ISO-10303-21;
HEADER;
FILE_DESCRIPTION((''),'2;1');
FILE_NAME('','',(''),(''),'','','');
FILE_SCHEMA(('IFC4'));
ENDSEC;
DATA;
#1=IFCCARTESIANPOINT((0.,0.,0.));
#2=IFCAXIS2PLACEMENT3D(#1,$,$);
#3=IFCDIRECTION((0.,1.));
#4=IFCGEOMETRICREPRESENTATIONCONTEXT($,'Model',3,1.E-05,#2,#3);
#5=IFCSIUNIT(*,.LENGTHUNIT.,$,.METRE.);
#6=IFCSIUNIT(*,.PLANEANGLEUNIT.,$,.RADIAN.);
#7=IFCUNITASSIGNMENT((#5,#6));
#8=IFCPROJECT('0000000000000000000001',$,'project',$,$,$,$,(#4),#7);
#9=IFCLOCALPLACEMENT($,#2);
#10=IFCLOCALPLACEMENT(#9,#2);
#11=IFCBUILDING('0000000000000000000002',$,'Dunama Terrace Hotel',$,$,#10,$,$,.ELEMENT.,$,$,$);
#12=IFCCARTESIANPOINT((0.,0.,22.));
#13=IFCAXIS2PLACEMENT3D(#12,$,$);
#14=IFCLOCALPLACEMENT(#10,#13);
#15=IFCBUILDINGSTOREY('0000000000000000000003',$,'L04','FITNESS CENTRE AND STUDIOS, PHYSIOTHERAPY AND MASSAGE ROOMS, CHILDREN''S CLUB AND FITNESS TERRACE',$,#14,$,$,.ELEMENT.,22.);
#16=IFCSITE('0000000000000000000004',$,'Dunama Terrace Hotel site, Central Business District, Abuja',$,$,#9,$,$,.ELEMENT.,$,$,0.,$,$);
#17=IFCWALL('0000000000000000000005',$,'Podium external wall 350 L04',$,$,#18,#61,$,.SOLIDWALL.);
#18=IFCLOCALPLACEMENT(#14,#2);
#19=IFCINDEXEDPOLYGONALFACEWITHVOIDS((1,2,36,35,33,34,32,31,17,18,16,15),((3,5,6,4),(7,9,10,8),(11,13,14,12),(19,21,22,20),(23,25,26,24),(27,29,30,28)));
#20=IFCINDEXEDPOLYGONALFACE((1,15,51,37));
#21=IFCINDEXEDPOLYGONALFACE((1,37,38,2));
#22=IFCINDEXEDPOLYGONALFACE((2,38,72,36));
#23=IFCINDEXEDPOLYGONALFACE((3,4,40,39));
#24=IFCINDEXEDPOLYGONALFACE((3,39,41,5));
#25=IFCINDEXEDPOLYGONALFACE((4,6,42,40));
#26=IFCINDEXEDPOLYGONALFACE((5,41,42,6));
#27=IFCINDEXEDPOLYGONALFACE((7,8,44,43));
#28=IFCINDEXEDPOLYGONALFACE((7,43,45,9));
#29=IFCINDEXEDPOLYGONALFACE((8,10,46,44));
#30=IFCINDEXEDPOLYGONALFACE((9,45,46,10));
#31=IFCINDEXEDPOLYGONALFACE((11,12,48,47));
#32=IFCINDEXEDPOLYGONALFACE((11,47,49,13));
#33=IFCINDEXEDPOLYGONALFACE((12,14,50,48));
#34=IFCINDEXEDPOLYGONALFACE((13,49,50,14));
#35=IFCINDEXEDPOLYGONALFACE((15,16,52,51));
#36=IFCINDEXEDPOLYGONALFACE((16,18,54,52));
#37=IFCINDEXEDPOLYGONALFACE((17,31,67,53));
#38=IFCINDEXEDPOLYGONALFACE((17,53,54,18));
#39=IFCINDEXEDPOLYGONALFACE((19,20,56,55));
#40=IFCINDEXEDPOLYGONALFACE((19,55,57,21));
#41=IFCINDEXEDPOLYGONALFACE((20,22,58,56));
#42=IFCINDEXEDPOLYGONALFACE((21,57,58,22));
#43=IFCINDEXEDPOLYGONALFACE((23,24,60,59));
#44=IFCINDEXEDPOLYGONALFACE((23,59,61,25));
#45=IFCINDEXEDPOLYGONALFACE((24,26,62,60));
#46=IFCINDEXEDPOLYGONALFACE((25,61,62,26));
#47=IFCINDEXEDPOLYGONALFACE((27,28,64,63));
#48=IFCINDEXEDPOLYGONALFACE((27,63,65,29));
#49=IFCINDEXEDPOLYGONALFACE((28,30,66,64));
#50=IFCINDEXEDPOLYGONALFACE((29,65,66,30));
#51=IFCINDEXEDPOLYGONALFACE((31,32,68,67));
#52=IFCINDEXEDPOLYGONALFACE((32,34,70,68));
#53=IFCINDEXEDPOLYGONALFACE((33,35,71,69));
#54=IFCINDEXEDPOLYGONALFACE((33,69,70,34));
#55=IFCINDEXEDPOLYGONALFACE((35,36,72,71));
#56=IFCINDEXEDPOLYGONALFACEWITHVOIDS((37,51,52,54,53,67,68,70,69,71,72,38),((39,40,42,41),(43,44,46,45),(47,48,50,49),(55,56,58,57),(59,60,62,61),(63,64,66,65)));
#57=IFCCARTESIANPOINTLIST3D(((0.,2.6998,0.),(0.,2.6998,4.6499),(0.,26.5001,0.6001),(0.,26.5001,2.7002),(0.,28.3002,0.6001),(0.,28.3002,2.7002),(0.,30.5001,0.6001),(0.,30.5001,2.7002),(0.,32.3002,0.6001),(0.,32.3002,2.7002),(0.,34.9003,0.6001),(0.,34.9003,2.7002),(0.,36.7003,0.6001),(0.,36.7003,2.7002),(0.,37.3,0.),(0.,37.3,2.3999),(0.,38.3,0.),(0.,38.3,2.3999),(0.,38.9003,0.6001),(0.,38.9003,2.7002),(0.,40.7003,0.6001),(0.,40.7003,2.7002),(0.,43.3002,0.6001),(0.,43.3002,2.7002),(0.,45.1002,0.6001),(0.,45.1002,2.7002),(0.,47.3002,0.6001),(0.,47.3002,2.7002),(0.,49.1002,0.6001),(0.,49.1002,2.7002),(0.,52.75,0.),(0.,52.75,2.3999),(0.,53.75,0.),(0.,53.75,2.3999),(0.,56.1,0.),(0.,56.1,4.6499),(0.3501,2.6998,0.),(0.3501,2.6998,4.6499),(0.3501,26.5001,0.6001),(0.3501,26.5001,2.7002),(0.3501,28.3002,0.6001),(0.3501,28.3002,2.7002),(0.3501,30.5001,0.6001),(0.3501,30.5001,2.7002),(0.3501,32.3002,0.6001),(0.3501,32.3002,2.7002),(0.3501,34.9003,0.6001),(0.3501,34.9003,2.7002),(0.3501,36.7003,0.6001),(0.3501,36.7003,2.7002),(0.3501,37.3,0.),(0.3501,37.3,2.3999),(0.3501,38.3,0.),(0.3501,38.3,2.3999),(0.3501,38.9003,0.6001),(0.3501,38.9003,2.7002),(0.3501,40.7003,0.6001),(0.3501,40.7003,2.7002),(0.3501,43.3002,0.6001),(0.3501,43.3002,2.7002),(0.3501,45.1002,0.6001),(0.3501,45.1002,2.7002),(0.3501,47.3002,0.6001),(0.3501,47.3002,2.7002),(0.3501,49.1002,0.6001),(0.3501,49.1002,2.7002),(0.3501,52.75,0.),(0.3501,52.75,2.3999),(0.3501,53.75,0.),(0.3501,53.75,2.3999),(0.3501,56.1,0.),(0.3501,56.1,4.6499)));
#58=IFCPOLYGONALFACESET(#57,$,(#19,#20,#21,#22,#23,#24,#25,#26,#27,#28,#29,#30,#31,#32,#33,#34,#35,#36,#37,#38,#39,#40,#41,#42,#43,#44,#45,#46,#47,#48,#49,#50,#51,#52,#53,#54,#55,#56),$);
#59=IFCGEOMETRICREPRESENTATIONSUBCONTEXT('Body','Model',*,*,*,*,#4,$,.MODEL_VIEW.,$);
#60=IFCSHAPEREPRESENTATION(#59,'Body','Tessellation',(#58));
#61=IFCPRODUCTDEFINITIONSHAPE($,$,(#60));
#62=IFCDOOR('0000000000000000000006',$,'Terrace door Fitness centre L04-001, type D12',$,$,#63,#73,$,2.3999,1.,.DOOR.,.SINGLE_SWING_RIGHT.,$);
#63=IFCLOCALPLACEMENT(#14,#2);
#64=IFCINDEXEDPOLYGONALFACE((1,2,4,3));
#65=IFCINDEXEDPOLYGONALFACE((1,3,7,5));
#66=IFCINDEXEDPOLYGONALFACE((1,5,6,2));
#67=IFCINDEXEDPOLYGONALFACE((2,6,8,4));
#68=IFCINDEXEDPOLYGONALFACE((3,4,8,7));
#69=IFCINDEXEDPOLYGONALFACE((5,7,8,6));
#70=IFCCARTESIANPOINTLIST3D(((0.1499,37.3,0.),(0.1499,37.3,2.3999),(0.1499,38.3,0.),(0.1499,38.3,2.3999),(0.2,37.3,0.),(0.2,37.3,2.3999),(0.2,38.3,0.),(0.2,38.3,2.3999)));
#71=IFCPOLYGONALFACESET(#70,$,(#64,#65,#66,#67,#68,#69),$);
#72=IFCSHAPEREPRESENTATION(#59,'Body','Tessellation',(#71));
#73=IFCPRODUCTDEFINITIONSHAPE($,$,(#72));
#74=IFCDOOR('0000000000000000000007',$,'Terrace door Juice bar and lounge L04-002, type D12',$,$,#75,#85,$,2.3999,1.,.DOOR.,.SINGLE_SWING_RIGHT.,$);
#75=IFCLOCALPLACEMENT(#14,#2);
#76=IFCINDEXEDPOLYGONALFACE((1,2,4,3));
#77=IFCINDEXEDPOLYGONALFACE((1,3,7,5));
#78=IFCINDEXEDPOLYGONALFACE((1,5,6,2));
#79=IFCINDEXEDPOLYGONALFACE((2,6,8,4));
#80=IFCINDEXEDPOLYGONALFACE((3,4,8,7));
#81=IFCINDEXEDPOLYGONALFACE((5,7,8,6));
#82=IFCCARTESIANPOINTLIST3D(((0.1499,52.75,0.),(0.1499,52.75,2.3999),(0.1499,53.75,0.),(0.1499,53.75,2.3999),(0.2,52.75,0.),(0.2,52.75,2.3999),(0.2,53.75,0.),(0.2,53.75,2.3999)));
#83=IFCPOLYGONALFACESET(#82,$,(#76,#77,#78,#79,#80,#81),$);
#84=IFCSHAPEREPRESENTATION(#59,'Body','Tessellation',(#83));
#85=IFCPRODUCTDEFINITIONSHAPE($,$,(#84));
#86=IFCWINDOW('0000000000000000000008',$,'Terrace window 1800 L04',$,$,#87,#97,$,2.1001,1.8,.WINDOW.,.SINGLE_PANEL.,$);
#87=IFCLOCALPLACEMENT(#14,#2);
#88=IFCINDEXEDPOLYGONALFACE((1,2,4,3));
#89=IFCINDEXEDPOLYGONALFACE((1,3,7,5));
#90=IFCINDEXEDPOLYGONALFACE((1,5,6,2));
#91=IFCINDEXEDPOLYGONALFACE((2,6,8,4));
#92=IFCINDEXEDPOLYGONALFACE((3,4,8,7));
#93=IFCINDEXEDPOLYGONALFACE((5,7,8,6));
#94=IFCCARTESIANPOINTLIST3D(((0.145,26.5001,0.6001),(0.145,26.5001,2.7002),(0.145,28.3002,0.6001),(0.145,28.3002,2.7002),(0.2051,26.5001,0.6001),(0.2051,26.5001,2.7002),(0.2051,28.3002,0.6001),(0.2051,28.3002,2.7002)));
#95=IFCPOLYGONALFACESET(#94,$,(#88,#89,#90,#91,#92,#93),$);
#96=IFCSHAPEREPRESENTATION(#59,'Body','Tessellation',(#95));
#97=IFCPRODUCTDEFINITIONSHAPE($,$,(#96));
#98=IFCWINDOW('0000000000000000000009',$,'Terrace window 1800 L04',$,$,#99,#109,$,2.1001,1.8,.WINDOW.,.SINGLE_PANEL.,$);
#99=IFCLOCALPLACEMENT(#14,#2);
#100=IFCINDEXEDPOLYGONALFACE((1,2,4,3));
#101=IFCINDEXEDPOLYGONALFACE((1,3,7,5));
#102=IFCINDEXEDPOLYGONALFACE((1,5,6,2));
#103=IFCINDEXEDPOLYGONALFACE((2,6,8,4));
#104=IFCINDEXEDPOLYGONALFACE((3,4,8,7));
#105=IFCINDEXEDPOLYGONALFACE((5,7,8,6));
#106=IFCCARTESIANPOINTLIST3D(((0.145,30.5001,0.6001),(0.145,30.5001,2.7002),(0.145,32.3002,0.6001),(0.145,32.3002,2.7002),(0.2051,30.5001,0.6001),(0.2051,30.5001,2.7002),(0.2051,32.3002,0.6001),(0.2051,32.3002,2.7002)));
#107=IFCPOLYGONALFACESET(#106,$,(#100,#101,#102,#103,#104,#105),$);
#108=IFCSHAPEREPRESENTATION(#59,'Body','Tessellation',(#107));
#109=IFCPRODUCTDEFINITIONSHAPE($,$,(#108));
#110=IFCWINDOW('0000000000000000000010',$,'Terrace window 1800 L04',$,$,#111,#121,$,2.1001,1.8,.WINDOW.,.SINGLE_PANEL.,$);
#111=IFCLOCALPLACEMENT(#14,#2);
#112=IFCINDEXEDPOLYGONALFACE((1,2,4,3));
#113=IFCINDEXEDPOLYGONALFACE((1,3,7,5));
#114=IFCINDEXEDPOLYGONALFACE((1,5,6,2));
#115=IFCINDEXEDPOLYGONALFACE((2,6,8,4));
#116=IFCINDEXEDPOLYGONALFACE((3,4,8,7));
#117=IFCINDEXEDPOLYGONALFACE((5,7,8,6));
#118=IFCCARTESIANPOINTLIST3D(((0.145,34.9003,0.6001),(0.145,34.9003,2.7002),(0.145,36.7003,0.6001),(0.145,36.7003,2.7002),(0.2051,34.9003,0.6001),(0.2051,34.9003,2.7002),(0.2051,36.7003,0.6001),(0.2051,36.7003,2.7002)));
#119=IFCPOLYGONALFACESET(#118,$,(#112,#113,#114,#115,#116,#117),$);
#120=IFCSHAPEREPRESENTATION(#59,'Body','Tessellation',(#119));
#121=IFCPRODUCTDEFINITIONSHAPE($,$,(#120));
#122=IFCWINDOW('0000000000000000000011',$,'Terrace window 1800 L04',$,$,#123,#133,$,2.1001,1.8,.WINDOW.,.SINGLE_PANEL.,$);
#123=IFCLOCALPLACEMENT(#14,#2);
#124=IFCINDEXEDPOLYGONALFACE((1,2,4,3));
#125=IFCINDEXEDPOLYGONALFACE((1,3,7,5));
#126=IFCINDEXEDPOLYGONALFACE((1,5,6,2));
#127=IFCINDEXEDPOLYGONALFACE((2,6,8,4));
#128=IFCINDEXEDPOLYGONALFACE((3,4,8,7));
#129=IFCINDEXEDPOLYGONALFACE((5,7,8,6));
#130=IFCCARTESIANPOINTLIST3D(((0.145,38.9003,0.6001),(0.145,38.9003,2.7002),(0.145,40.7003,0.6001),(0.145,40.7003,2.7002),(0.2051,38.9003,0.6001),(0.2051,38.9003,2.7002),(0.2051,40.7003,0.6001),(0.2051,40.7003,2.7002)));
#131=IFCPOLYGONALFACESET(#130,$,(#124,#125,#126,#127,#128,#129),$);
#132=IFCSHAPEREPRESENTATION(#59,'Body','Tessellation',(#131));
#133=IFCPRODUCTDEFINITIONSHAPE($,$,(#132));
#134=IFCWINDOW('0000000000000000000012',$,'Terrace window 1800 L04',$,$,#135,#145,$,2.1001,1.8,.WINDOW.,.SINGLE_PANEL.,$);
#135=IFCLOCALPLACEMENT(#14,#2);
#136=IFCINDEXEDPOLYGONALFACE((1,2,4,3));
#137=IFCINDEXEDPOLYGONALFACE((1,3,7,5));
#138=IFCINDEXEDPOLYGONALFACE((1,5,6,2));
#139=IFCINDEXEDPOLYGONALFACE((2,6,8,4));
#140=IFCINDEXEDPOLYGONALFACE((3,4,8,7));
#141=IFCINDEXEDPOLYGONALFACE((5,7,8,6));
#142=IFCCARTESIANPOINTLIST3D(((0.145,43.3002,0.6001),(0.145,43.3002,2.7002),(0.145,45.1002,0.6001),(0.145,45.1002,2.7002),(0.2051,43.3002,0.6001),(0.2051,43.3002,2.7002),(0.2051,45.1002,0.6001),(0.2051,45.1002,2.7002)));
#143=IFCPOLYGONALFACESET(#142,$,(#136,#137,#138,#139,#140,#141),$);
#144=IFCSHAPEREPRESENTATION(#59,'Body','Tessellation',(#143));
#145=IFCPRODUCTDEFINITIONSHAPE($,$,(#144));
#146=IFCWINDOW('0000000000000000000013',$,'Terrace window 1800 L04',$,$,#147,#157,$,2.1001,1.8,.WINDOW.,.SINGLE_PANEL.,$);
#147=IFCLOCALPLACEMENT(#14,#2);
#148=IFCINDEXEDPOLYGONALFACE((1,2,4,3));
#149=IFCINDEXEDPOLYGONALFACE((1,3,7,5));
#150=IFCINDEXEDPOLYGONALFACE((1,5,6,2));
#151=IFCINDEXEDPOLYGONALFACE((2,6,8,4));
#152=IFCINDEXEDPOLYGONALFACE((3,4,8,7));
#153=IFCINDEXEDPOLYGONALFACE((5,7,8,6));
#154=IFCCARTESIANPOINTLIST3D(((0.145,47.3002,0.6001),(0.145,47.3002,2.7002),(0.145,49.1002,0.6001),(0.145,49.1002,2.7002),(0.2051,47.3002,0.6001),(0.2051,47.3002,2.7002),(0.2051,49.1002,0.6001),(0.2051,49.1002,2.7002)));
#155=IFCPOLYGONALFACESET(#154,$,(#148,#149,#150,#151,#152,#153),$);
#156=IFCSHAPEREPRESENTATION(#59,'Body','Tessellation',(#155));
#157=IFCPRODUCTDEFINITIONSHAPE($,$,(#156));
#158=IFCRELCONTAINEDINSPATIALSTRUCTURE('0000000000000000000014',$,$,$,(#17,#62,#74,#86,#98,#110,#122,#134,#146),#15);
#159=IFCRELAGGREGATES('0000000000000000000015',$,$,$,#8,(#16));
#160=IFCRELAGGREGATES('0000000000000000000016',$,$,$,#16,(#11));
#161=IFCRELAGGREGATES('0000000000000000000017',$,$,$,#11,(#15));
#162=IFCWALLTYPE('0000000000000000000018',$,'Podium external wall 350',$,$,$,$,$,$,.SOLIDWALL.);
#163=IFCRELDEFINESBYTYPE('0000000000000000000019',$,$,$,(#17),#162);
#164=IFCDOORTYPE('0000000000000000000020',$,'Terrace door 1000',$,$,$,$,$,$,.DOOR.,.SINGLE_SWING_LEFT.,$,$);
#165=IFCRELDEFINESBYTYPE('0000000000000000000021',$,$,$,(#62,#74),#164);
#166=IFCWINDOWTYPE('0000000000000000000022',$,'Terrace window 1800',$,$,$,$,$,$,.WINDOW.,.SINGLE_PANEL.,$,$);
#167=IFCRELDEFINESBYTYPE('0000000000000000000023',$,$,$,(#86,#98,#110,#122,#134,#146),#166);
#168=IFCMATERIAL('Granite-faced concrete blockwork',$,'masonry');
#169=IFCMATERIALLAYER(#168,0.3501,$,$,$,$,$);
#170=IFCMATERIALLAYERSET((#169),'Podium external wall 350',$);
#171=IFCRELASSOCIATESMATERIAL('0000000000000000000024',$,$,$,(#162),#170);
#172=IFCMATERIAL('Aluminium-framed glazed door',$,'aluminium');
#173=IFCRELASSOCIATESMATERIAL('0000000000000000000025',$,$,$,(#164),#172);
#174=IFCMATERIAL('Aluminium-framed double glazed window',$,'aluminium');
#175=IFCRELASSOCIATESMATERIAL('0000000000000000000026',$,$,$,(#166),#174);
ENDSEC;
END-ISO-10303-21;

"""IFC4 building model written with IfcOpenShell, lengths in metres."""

from ifc_helpers import new_model, si_unit, direction, frame, frame_2d, origin, place, context, subcontext, project, spatial, rectangle, extrude, material, layer, layer_set, type_object, element, fill, save


model = new_model("IFC4")

# Units and contexts
model_context = context("Model", 3, precision=1e-05, world=origin(), true_north=direction((0.0, 1.0)))
body_context = subcontext(model_context, "Body", "Model", "MODEL_VIEW")
ifc_project = project(units=[si_unit("LENGTHUNIT", "METRE"), si_unit("PLANEANGLEUNIT", "RADIAN")], contexts=[model_context])

# Site, building, storey
site_placement = place(None, origin())
site = spatial("IfcSite", under=ifc_project, at=site_placement, Name="Dunama Terrace Hotel site, Central Business District, Abuja", CompositionType="ELEMENT", RefElevation=0.0)
building_placement = place(site_placement, origin())
building = spatial("IfcBuilding", under=site, at=building_placement, Name="Dunama Terrace Hotel", CompositionType="ELEMENT")
storey_placement = place(building_placement, frame((0.0, 0.0, 22.0)))
storey = spatial("IfcBuildingStorey", under=building, at=storey_placement, Name="L04", Description="FITNESS CENTRE AND STUDIOS, PHYSIOTHERAPY AND MASSAGE ROOMS, CHILDREN'S CLUB AND FITNESS TERRACE", CompositionType="ELEMENT", Elevation=22.0)

# Shared definitions
ifc_material_1 = material(Name="Granite-faced concrete blockwork", Category="masonry")
ifc_layer_1 = layer(ifc_material_1, 0.3501)
ifc_layer_set_1 = layer_set([ifc_layer_1], Name="Podium external wall 350")
wall_type_1 = type_object("IfcWallType", Name="Podium external wall 350", PredefinedType="SOLIDWALL", material=ifc_layer_set_1)

# Wall, openings, doors, windows
wall_1_placement = place(storey_placement, frame((0.175, 56.1001, 0.0), z_axis=(0.0, 0.0, 1.0), x_axis=(0.0, -1.0, 0.0)))
wall_1 = element("IfcWall", 1, at=wall_1_placement, inside=storey, type_object=wall_type_1, Name="Podium external wall 350 L04", PredefinedType="SOLIDWALL", context=body_context, shape_type="SweptSolid", body=[
    extrude(rectangle(XDim=53.4001, YDim=0.3501, at=frame_2d((26.7002, 0.0))), origin(), (0.0, 0.0, 1.0), 4.6499),
])
opening_1_placement = place(wall_1_placement, frame((17.8, 0.0, 0.0)))
opening_1 = element("IfcOpeningElement", 2, at=opening_1_placement, cuts=wall_1, PredefinedType="OPENING", context=body_context, shape_type="SweptSolid", body=[
    extrude(rectangle(XDim=1.0, YDim=2.3999, at=frame_2d((0.5, 1.2))), frame((0.0, 0.1851, 0.0), z_axis=(0.0, -1.0, 0.0), x_axis=(1.0, 0.0, 0.0)), (0.0, 0.0, 1.0), 0.3701),
])
opening_2_placement = place(wall_1_placement, frame((27.8, 0.0, 0.6001)))
opening_2 = element("IfcOpeningElement", 3, at=opening_2_placement, cuts=wall_1, PredefinedType="OPENING", context=body_context, shape_type="SweptSolid", body=[
    extrude(rectangle(XDim=1.8, YDim=2.1001, at=frame_2d((0.8999, 1.05))), frame((0.0, 0.1851, 0.0), z_axis=(0.0, -1.0, 0.0), x_axis=(1.0, 0.0, 0.0)), (0.0, 0.0, 1.0), 0.3701),
])
opening_3_placement = place(wall_1_placement, frame((23.8, 0.0, 0.6001)))
opening_3 = element("IfcOpeningElement", 4, at=opening_3_placement, cuts=wall_1, PredefinedType="OPENING", context=body_context, shape_type="SweptSolid", body=[
    extrude(rectangle(XDim=1.8, YDim=2.1001, at=frame_2d((0.8999, 1.05))), frame((0.0, 0.1851, 0.0), z_axis=(0.0, -1.0, 0.0), x_axis=(1.0, 0.0, 0.0)), (0.0, 0.0, 1.0), 0.3701),
])
opening_4_placement = place(wall_1_placement, frame((19.3999, 0.0, 0.6001)))
opening_4 = element("IfcOpeningElement", 5, at=opening_4_placement, cuts=wall_1, PredefinedType="OPENING", context=body_context, shape_type="SweptSolid", body=[
    extrude(rectangle(XDim=1.8, YDim=2.1001, at=frame_2d((0.8999, 1.05))), frame((0.0, 0.1851, 0.0), z_axis=(0.0, -1.0, 0.0), x_axis=(1.0, 0.0, 0.0)), (0.0, 0.0, 1.0), 0.3701),
])
opening_5_placement = place(wall_1_placement, frame((15.3999, 0.0, 0.6001)))
opening_5 = element("IfcOpeningElement", 6, at=opening_5_placement, cuts=wall_1, PredefinedType="OPENING", context=body_context, shape_type="SweptSolid", body=[
    extrude(rectangle(XDim=1.8, YDim=2.1001, at=frame_2d((0.8999, 1.05))), frame((0.0, 0.1851, 0.0), z_axis=(0.0, -1.0, 0.0), x_axis=(1.0, 0.0, 0.0)), (0.0, 0.0, 1.0), 0.3701),
])
opening_6_placement = place(wall_1_placement, frame((11.0, 0.0, 0.6001)))
opening_6 = element("IfcOpeningElement", 7, at=opening_6_placement, cuts=wall_1, PredefinedType="OPENING", context=body_context, shape_type="SweptSolid", body=[
    extrude(rectangle(XDim=1.8, YDim=2.1001, at=frame_2d((0.8999, 1.05))), frame((0.0, 0.1851, 0.0), z_axis=(0.0, -1.0, 0.0), x_axis=(1.0, 0.0, 0.0)), (0.0, 0.0, 1.0), 0.3701),
])
opening_7_placement = place(wall_1_placement, frame((7.0, 0.0, 0.6001)))
opening_7 = element("IfcOpeningElement", 8, at=opening_7_placement, cuts=wall_1, PredefinedType="OPENING", context=body_context, shape_type="SweptSolid", body=[
    extrude(rectangle(XDim=1.8, YDim=2.1001, at=frame_2d((0.8999, 1.05))), frame((0.0, 0.1851, 0.0), z_axis=(0.0, -1.0, 0.0), x_axis=(1.0, 0.0, 0.0)), (0.0, 0.0, 1.0), 0.3701),
])
opening_8_placement = place(wall_1_placement, frame((2.3501, 0.0, 0.0)))
opening_8 = element("IfcOpeningElement", 9, at=opening_8_placement, cuts=wall_1, PredefinedType="OPENING", context=body_context, shape_type="SweptSolid", body=[
    extrude(rectangle(XDim=1.0, YDim=2.3999, at=frame_2d((0.5, 1.2))), frame((0.0, 0.1851, 0.0), z_axis=(0.0, -1.0, 0.0), x_axis=(1.0, 0.0, 0.0)), (0.0, 0.0, 1.0), 0.3701),
])
ifc_material_2 = material(Name="Aluminium-framed glazed door", Category="aluminium")
door_type_1 = type_object("IfcDoorType", Name="Terrace door 1000", OperationType="SINGLE_SWING_LEFT", PredefinedType="DOOR", material=ifc_material_2)
door_1_placement = place(opening_1_placement, origin())
door_1 = element("IfcDoor", 10, at=door_1_placement, inside=storey, type_object=door_type_1, Name="Terrace door Fitness centre L04-001, type D12", OperationType="SINGLE_SWING_RIGHT", OverallHeight=2.3999, OverallWidth=1.0, PredefinedType="DOOR", context=body_context, shape_type="SweptSolid", body=[
    extrude(rectangle(XDim=1.0, YDim=2.3999, at=frame_2d((0.5, 1.2))), frame((0.0, 0.0249, 0.0), z_axis=(0.0, -1.0, 0.0), x_axis=(1.0, 0.0, 0.0)), (0.0, 0.0, 1.0), 0.05),
])
fill(opening_1, door_1)
door_2_placement = place(opening_8_placement, origin())
door_2 = element("IfcDoor", 11, at=door_2_placement, inside=storey, type_object=door_type_1, Name="Terrace door Juice bar and lounge L04-002, type D12", OperationType="SINGLE_SWING_RIGHT", OverallHeight=2.3999, OverallWidth=1.0, PredefinedType="DOOR", context=body_context, shape_type="SweptSolid", body=[
    extrude(rectangle(XDim=1.0, YDim=2.3999, at=frame_2d((0.5, 1.2))), frame((0.0, 0.0249, 0.0), z_axis=(0.0, -1.0, 0.0), x_axis=(1.0, 0.0, 0.0)), (0.0, 0.0, 1.0), 0.05),
])
fill(opening_8, door_2)
ifc_material_3 = material(Name="Aluminium-framed double glazed window", Category="aluminium")
window_type = type_object("IfcWindowType", Name="Terrace window 1800", PartitioningType="SINGLE_PANEL", PredefinedType="WINDOW", material=ifc_material_3)
window_1_placement = place(opening_2_placement, origin())
window_1 = element("IfcWindow", 12, at=window_1_placement, inside=storey, type_object=window_type, Name="Terrace window 1800 L04", OverallHeight=2.1001, OverallWidth=1.8, PartitioningType="SINGLE_PANEL", PredefinedType="WINDOW", context=body_context, shape_type="SweptSolid", body=[
    extrude(rectangle(XDim=1.8, YDim=2.1001, at=frame_2d((0.8999, 1.05))), frame((0.0, 0.03, 0.0), z_axis=(0.0, -1.0, 0.0), x_axis=(1.0, 0.0, 0.0)), (0.0, 0.0, 1.0), 0.0601),
])
fill(opening_2, window_1)
window_2_placement = place(opening_3_placement, origin())
window_2 = element("IfcWindow", 13, at=window_2_placement, inside=storey, type_object=window_type, Name="Terrace window 1800 L04", OverallHeight=2.1001, OverallWidth=1.8, PartitioningType="SINGLE_PANEL", PredefinedType="WINDOW", context=body_context, shape_type="SweptSolid", body=[
    extrude(rectangle(XDim=1.8, YDim=2.1001, at=frame_2d((0.8999, 1.05))), frame((0.0, 0.03, 0.0), z_axis=(0.0, -1.0, 0.0), x_axis=(1.0, 0.0, 0.0)), (0.0, 0.0, 1.0), 0.0601),
])
fill(opening_3, window_2)
window_3_placement = place(opening_4_placement, origin())
window_3 = element("IfcWindow", 14, at=window_3_placement, inside=storey, type_object=window_type, Name="Terrace window 1800 L04", OverallHeight=2.1001, OverallWidth=1.8, PartitioningType="SINGLE_PANEL", PredefinedType="WINDOW", context=body_context, shape_type="SweptSolid", body=[
    extrude(rectangle(XDim=1.8, YDim=2.1001, at=frame_2d((0.8999, 1.05))), frame((0.0, 0.03, 0.0), z_axis=(0.0, -1.0, 0.0), x_axis=(1.0, 0.0, 0.0)), (0.0, 0.0, 1.0), 0.0601),
])
fill(opening_4, window_3)
window_4_placement = place(opening_5_placement, origin())
window_4 = element("IfcWindow", 15, at=window_4_placement, inside=storey, type_object=window_type, Name="Terrace window 1800 L04", OverallHeight=2.1001, OverallWidth=1.8, PartitioningType="SINGLE_PANEL", PredefinedType="WINDOW", context=body_context, shape_type="SweptSolid", body=[
    extrude(rectangle(XDim=1.8, YDim=2.1001, at=frame_2d((0.8999, 1.05))), frame((0.0, 0.03, 0.0), z_axis=(0.0, -1.0, 0.0), x_axis=(1.0, 0.0, 0.0)), (0.0, 0.0, 1.0), 0.0601),
])
fill(opening_5, window_4)
window_5_placement = place(opening_6_placement, origin())
window_5 = element("IfcWindow", 16, at=window_5_placement, inside=storey, type_object=window_type, Name="Terrace window 1800 L04", OverallHeight=2.1001, OverallWidth=1.8, PartitioningType="SINGLE_PANEL", PredefinedType="WINDOW", context=body_context, shape_type="SweptSolid", body=[
    extrude(rectangle(XDim=1.8, YDim=2.1001, at=frame_2d((0.8999, 1.05))), frame((0.0, 0.03, 0.0), z_axis=(0.0, -1.0, 0.0), x_axis=(1.0, 0.0, 0.0)), (0.0, 0.0, 1.0), 0.0601),
])
fill(opening_6, window_5)
window_6_placement = place(opening_7_placement, origin())
window_6 = element("IfcWindow", 17, at=window_6_placement, inside=storey, type_object=window_type, Name="Terrace window 1800 L04", OverallHeight=2.1001, OverallWidth=1.8, PartitioningType="SINGLE_PANEL", PredefinedType="WINDOW", context=body_context, shape_type="SweptSolid", body=[
    extrude(rectangle(XDim=1.8, YDim=2.1001, at=frame_2d((0.8999, 1.05))), frame((0.0, 0.03, 0.0), z_axis=(0.0, -1.0, 0.0), x_axis=(1.0, 0.0, 0.0)), (0.0, 0.0, 1.0), 0.0601),
])
fill(opening_7, window_6)

save(model, "model.ifc")
